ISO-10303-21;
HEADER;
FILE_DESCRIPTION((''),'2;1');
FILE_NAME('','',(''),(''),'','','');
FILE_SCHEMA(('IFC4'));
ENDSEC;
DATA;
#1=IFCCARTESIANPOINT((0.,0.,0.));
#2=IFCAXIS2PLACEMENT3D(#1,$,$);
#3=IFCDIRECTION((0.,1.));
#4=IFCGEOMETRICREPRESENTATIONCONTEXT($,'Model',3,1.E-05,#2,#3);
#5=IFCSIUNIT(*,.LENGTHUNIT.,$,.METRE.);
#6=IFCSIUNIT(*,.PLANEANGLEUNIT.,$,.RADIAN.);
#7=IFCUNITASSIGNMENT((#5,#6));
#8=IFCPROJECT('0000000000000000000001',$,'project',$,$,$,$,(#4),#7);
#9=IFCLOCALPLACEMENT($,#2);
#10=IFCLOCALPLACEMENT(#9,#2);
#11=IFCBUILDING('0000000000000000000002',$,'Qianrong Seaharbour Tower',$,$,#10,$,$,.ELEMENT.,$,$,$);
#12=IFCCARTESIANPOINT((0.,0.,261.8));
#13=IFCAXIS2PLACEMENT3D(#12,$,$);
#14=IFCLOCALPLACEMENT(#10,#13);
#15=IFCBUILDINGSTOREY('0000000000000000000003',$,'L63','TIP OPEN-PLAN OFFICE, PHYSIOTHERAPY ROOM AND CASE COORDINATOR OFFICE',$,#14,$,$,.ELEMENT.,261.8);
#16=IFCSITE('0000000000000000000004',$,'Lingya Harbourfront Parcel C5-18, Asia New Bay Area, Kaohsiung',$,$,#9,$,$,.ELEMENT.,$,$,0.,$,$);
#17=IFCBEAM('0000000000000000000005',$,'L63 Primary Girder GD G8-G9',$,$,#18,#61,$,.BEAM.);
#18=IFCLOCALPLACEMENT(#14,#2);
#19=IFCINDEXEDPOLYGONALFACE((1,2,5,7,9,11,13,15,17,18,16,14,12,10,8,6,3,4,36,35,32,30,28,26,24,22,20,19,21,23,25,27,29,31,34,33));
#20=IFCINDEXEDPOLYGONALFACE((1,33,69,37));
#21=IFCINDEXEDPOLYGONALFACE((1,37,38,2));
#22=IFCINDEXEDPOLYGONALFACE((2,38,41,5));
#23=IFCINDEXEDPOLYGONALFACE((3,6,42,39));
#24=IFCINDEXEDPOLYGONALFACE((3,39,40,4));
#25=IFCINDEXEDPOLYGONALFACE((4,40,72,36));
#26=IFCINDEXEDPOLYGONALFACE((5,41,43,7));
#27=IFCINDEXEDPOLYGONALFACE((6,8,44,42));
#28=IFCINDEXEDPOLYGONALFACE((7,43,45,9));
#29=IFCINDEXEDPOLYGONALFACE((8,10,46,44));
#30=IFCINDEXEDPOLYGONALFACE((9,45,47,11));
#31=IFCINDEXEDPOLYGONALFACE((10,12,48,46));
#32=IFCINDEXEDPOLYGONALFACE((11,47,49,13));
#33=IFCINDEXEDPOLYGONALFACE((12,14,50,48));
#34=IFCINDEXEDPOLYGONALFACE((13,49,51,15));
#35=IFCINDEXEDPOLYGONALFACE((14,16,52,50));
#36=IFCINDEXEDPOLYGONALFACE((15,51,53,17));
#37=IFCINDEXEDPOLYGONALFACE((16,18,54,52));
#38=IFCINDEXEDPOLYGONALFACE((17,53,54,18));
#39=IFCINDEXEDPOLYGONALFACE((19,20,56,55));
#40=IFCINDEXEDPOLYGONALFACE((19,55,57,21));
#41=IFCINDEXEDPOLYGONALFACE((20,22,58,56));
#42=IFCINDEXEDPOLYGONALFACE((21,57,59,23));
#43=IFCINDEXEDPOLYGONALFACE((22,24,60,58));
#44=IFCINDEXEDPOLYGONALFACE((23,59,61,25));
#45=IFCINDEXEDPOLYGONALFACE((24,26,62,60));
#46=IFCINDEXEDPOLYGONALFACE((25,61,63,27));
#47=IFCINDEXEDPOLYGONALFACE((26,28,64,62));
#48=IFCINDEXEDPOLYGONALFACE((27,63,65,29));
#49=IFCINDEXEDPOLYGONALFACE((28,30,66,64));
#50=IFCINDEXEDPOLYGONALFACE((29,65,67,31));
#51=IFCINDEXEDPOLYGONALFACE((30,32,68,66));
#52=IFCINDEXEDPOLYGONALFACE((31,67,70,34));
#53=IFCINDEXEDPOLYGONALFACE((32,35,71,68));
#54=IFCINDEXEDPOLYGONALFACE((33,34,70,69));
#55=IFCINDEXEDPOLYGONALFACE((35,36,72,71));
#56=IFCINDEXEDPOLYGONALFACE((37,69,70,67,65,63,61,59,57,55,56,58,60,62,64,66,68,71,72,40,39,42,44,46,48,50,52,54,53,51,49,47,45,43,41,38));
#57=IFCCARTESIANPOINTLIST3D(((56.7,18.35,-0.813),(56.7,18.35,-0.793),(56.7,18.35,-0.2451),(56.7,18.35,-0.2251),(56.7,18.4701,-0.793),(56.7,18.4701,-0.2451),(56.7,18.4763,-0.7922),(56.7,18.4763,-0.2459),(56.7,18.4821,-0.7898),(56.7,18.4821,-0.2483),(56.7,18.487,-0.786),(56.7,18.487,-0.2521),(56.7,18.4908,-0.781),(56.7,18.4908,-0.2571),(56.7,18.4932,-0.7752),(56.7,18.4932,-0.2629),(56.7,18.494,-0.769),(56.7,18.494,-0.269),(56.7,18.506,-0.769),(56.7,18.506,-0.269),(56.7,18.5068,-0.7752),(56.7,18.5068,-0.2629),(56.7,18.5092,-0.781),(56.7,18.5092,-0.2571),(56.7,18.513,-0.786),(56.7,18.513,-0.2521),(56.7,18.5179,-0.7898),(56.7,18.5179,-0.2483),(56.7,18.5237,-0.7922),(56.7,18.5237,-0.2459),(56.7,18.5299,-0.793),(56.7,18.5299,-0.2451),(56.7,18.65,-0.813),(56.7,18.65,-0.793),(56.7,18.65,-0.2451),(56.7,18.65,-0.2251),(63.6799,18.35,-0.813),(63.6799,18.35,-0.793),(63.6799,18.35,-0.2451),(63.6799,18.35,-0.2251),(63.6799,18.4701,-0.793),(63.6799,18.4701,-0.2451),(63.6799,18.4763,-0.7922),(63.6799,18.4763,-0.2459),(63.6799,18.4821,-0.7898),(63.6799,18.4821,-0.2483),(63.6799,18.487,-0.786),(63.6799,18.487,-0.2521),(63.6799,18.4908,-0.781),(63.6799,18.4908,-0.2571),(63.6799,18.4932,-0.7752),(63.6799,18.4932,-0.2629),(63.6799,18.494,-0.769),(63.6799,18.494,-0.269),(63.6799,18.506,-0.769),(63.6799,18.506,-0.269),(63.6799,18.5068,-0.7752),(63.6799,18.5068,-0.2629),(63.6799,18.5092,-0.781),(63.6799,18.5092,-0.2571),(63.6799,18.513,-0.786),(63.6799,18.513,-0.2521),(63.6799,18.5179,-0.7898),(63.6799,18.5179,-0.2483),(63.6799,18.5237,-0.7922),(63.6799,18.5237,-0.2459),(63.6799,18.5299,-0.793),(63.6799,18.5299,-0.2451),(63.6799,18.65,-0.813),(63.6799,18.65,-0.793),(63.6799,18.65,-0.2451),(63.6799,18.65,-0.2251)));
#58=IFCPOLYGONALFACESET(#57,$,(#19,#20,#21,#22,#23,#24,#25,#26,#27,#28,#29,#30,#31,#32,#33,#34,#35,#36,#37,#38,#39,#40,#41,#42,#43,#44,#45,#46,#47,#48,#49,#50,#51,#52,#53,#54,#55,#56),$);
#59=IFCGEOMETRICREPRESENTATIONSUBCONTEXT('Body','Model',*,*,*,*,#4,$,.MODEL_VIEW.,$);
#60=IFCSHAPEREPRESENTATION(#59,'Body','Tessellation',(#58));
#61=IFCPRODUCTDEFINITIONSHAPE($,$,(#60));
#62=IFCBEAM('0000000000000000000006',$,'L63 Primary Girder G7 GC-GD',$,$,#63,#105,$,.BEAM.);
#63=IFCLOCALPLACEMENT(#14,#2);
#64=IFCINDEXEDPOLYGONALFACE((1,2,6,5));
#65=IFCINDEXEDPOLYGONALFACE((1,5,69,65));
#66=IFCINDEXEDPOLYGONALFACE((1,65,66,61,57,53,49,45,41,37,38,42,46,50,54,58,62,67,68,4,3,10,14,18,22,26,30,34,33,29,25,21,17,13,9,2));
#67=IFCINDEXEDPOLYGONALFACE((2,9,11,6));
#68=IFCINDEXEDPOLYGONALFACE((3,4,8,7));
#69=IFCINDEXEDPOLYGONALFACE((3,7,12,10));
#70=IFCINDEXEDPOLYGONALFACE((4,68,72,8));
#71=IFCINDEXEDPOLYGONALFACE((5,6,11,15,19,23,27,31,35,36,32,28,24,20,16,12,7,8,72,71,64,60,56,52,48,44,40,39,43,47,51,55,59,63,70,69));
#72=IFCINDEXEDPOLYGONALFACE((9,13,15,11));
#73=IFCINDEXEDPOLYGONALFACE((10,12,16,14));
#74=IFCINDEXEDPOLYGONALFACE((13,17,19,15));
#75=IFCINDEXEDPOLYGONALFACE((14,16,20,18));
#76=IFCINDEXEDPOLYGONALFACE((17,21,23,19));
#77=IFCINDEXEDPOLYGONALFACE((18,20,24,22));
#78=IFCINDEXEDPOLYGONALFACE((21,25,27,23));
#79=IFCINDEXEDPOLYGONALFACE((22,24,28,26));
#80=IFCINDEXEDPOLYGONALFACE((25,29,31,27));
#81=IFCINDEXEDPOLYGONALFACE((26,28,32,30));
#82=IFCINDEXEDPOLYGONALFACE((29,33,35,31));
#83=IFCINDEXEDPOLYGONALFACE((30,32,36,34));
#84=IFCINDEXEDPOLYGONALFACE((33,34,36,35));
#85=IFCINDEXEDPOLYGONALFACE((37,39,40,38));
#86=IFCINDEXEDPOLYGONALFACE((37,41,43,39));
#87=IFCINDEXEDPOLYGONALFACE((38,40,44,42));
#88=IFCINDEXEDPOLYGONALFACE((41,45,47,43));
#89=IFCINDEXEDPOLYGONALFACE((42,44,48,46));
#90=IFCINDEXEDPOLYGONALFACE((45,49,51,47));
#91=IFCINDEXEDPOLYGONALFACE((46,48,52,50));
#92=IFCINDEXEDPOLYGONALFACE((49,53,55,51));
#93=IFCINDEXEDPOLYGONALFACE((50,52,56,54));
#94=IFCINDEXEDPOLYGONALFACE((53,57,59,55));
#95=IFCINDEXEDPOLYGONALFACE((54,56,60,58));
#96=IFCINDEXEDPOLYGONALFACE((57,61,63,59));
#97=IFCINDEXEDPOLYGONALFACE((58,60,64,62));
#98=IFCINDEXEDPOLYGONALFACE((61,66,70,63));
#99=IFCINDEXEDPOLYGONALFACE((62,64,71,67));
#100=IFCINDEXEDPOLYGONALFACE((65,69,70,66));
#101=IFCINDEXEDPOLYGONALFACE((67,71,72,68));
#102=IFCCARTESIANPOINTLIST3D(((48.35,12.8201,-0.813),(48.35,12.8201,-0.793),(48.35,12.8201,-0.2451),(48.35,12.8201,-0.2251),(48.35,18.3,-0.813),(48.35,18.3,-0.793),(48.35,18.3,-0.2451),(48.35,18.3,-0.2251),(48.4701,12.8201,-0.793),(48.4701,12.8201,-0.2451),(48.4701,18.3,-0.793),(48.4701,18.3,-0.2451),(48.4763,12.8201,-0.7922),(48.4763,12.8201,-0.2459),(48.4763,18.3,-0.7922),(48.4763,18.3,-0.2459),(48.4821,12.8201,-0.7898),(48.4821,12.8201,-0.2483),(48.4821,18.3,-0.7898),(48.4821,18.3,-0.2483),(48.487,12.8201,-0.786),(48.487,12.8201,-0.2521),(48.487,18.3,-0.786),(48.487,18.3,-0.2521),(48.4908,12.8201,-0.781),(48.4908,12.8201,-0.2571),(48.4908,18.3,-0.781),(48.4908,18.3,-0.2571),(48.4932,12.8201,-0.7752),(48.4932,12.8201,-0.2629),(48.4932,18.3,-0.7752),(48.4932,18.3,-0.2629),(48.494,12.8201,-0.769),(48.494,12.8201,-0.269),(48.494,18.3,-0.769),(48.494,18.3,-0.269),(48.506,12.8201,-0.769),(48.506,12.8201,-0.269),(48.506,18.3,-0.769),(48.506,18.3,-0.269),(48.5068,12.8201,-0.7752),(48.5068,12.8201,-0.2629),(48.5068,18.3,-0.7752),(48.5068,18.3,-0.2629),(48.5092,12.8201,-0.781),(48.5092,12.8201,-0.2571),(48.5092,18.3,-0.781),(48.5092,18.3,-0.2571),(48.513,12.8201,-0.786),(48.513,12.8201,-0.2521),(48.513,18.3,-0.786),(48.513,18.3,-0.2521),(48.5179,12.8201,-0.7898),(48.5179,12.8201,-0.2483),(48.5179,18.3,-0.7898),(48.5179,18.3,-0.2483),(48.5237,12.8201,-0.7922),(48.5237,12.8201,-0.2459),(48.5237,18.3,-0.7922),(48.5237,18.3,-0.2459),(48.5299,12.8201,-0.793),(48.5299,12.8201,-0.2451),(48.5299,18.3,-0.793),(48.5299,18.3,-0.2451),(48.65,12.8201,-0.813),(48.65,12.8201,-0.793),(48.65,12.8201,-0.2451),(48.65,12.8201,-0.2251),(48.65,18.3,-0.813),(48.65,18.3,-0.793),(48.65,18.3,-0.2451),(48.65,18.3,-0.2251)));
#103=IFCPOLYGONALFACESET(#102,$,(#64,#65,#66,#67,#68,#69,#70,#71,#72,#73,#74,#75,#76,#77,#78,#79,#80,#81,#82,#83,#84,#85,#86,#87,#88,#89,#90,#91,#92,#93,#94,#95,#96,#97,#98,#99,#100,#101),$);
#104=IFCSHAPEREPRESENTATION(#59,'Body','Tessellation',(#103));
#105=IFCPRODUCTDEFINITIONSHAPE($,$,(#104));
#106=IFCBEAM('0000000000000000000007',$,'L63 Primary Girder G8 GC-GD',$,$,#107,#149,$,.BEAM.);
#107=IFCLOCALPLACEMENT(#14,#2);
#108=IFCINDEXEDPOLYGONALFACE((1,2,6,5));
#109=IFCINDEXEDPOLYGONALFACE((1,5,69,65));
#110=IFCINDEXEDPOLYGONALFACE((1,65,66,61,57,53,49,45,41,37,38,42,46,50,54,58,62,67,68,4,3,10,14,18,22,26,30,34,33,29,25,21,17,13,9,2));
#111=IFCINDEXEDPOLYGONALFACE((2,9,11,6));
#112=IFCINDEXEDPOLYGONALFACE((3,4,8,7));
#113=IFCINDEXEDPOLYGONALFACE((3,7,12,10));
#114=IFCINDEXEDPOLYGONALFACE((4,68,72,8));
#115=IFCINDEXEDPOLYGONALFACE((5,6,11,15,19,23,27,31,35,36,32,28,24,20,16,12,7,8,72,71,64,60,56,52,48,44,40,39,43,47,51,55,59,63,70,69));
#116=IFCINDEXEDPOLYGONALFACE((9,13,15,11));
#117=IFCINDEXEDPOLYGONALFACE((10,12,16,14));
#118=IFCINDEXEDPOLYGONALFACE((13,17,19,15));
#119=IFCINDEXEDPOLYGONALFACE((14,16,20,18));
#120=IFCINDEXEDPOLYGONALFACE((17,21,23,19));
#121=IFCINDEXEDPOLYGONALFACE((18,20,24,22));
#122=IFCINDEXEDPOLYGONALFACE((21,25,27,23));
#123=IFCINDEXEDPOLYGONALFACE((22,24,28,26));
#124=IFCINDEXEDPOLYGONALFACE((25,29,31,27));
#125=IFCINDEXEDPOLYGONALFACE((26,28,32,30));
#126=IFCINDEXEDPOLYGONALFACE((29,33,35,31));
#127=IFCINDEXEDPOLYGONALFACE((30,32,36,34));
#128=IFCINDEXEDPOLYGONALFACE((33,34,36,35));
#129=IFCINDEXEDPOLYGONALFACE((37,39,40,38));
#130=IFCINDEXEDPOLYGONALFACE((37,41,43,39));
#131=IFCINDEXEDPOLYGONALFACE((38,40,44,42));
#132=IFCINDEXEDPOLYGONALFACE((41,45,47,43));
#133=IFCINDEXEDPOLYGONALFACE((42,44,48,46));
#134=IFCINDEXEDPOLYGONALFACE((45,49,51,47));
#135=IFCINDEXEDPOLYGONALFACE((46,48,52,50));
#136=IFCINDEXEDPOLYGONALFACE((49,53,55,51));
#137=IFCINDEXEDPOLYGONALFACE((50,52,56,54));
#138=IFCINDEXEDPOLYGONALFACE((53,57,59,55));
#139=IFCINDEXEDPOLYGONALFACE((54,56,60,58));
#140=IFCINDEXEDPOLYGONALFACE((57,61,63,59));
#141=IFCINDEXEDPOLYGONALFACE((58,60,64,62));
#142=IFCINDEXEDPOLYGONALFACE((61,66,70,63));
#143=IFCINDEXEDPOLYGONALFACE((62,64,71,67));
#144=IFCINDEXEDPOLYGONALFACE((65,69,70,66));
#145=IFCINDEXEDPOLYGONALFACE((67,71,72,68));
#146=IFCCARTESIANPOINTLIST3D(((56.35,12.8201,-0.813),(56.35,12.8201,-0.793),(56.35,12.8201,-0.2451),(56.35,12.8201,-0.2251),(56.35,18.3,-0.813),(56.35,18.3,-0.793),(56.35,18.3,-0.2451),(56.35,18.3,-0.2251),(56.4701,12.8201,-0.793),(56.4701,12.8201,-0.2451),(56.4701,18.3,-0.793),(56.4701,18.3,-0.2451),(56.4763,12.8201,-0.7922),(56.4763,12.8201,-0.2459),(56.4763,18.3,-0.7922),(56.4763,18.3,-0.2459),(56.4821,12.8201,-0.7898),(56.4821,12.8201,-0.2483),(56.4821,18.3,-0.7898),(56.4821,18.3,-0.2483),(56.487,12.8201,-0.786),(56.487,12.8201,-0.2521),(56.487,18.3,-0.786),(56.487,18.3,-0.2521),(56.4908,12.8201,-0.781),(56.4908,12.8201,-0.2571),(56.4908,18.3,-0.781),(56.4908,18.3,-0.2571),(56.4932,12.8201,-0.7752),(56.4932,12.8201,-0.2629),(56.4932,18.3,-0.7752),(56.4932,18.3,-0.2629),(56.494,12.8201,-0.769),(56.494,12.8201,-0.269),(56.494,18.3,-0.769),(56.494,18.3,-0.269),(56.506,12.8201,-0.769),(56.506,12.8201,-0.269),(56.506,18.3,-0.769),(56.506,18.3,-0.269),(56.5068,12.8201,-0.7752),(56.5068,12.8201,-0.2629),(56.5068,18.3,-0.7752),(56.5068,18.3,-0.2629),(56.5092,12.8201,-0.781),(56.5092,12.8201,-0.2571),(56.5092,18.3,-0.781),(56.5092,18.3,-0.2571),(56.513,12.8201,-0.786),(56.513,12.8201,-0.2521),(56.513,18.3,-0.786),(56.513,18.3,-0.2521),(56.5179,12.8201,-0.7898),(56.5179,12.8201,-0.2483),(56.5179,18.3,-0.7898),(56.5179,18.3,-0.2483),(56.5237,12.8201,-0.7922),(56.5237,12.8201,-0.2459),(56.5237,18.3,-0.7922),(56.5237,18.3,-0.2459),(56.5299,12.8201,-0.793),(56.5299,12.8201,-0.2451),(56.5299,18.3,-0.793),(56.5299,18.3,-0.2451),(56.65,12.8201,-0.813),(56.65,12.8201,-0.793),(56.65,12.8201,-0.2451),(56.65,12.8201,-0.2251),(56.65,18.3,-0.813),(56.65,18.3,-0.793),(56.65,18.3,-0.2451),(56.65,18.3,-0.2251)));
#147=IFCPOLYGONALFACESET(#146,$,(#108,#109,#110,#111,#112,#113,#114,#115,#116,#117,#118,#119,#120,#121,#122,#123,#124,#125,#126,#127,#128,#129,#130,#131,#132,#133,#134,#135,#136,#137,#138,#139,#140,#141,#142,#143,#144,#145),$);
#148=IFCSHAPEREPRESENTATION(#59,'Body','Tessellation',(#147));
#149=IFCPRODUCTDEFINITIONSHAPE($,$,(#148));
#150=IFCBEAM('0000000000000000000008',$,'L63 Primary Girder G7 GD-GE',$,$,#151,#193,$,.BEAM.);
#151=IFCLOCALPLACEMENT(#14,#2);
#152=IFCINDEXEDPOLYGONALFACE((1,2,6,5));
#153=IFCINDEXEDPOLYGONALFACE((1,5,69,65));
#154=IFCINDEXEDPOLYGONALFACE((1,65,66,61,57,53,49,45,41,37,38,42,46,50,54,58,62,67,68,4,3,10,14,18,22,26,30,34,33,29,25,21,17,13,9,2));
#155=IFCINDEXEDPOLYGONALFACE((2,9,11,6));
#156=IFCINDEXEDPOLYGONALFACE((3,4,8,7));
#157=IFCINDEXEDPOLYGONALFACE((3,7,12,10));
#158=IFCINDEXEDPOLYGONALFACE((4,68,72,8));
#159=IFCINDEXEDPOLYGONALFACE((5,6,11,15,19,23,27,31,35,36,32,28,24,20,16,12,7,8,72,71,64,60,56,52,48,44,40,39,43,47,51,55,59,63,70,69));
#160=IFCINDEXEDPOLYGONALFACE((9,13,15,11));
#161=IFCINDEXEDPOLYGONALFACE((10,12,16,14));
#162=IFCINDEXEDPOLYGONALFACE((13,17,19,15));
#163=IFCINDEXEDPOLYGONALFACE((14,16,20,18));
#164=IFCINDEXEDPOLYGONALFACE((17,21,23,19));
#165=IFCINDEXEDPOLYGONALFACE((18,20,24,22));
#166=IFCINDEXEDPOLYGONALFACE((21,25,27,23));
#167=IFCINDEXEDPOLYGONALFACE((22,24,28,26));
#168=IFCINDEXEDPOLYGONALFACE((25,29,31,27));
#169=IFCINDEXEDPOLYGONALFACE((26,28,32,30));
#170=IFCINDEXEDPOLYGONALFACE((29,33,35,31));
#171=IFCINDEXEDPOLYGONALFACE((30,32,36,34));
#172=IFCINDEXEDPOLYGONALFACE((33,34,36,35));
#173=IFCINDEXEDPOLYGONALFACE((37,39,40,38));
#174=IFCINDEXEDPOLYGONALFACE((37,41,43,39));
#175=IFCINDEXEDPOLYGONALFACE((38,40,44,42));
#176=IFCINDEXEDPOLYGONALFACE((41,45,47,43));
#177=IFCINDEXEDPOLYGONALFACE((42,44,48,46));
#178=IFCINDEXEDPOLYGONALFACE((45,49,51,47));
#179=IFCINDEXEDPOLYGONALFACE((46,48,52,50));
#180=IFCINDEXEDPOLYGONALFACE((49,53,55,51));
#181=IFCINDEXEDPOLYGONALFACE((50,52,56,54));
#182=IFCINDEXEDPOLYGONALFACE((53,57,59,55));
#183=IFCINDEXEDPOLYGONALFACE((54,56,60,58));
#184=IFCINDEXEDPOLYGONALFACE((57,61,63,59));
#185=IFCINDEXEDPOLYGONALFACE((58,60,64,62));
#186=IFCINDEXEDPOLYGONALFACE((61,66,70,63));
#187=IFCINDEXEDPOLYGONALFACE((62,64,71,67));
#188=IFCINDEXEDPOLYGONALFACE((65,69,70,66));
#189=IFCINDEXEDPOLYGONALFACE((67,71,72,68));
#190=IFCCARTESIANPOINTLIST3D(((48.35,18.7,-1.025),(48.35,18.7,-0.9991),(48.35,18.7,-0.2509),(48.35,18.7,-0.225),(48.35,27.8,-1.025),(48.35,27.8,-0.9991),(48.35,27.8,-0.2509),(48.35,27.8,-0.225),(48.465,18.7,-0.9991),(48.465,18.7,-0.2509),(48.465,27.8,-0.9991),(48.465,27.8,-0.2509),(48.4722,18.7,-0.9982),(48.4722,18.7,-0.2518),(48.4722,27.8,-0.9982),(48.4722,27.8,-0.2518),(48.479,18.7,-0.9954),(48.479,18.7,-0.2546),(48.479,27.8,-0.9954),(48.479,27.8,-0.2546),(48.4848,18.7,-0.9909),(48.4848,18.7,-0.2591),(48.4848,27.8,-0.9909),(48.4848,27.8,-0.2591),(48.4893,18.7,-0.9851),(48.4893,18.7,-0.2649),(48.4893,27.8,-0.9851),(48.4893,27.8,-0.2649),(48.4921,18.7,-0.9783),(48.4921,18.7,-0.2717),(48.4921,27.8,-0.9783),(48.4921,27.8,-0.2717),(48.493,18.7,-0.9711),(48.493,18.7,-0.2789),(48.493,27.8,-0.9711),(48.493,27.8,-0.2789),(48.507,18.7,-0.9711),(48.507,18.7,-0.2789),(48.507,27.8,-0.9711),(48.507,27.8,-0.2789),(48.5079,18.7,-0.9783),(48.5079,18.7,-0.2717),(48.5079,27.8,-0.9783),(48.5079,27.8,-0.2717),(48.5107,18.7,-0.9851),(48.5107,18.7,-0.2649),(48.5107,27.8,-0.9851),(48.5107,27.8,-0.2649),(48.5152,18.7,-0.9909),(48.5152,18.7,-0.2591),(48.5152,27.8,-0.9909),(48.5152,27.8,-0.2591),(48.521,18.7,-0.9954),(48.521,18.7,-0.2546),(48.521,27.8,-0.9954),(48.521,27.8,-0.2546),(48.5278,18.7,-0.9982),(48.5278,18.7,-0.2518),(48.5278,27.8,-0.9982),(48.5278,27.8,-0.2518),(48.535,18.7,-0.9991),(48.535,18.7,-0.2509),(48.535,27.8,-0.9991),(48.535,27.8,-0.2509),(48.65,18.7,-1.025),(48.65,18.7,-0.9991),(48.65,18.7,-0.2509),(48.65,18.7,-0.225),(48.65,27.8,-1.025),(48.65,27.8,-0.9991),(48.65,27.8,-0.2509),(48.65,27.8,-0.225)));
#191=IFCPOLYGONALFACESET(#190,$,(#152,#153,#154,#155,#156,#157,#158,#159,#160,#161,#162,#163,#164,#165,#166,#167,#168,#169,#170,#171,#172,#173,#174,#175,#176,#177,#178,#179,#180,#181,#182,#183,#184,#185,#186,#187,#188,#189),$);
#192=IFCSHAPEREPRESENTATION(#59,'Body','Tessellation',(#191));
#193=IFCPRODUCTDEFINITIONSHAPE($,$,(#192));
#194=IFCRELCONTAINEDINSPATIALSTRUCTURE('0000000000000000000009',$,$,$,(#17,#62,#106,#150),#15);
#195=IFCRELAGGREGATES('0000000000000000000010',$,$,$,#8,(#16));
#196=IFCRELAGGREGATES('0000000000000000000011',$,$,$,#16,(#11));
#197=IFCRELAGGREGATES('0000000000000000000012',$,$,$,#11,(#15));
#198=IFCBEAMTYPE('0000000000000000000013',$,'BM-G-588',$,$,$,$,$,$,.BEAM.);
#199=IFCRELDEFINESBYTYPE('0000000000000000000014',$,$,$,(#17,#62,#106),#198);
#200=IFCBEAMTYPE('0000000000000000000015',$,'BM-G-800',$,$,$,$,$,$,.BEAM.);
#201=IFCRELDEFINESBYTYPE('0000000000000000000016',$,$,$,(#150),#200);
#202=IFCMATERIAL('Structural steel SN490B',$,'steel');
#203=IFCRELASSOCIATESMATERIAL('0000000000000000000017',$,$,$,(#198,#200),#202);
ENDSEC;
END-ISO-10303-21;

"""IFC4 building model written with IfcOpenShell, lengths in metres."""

from ifc_helpers import new_model, si_unit, direction, frame, origin, origin_2d, place, context, subcontext, project, spatial, i_section, extrude, material, material_profile, profile_set, type_object, element, save


model = new_model("IFC4")

# Units and contexts
model_context = context("Model", 3, precision=1e-05, world=origin(), true_north=direction((0.0, 1.0)))
body_context = subcontext(model_context, "Body", "Model", "MODEL_VIEW")
ifc_project = project(units=[si_unit("LENGTHUNIT", "METRE"), si_unit("PLANEANGLEUNIT", "RADIAN")], contexts=[model_context])

# Site, building, storey
site_placement = place(None, origin())
site = spatial("IfcSite", under=ifc_project, at=site_placement, Name="Lingya Harbourfront Parcel C5-18, Asia New Bay Area, Kaohsiung", CompositionType="ELEMENT", RefElevation=0.0)
building_placement = place(site_placement, origin())
building = spatial("IfcBuilding", under=site, at=building_placement, Name="Qianrong Seaharbour Tower", CompositionType="ELEMENT")
storey_placement = place(building_placement, frame((0.0, 0.0, 261.8)))
storey = spatial("IfcBuildingStorey", under=building, at=storey_placement, Name="L63", Description="TIP OPEN-PLAN OFFICE, PHYSIOTHERAPY ROOM AND CASE COORDINATOR OFFICE", CompositionType="ELEMENT", Elevation=261.8)

# Shared definitions
ifc_material_1 = material(Name="Structural steel SN490B", Category="steel")

# Beams
ifc_material_profile_1 = material_profile(ifc_material_1, i_section(OverallWidth=0.3, OverallDepth=0.5879, WebThickness=0.012, FlangeThickness=0.02, FilletRadius=0.0239, at=origin_2d()), Name="H588x300x12x20")
ifc_profile_set_1 = profile_set([ifc_material_profile_1], Name="Structural steel SN490B")
beam_type_1 = type_object("IfcBeamType", Name="BM-G-588", PredefinedType="BEAM", material=ifc_profile_set_1)
beam_1_placement = place(storey_placement, frame((56.7, 18.5, -0.519), z_axis=(1.0, 0.0, 0.0), x_axis=(0.0, 1.0, 0.0)))
element("IfcBeam", 1, at=beam_1_placement, inside=storey, type_object=beam_type_1, Name="L63 Primary Girder GD G8-G9", PredefinedType="BEAM", context=body_context, shape_type="SweptSolid", body=[
    extrude(i_section(OverallWidth=0.3, OverallDepth=0.5879, WebThickness=0.012, FlangeThickness=0.02, FilletRadius=0.0239, at=origin_2d()), origin(), (0.0, 0.0, 1.0), 6.98),
])
for number, where, z_axis, x_axis, name in (
    (2, (48.5, 12.8201, -0.519), (0.0, 1.0, 0.0), (-1.0, 0.0, 0.0), "L63 Primary Girder G7 GC-GD"),
    (3, (56.5, 12.8201, -0.519), (0.0, 1.0, 0.0), (-1.0, 0.0, 0.0), "L63 Primary Girder G8 GC-GD"),
):
    element("IfcBeam", number, at=place(storey_placement, frame(where, z_axis=z_axis, x_axis=x_axis)), inside=storey, type_object=beam_type_1, Name=name, PredefinedType="BEAM", context=body_context, shape_type="SweptSolid", body=[
        extrude(i_section(OverallWidth=0.3, OverallDepth=0.5879, WebThickness=0.012, FlangeThickness=0.02, FilletRadius=0.0239, at=origin_2d()), origin(), (0.0, 0.0, 1.0), 5.48),
    ])
ifc_material_profile_2 = material_profile(ifc_material_1, i_section(OverallWidth=0.3, OverallDepth=0.8, WebThickness=0.0139, FlangeThickness=0.0259, FilletRadius=0.0281, at=origin_2d()), Name="H800x300x14x26")
ifc_profile_set_2 = profile_set([ifc_material_profile_2], Name="Structural steel SN490B")
beam_type_2 = type_object("IfcBeamType", Name="BM-G-800", PredefinedType="BEAM", material=ifc_profile_set_2)
for number, where, z_axis, x_axis, name in (
    (4, (48.5, 18.7, -0.625), (0.0, 1.0, 0.0), (-1.0, 0.0, 0.0), "L63 Primary Girder G7 GD-GE"),
):
    element("IfcBeam", number, at=place(storey_placement, frame(where, z_axis=z_axis, x_axis=x_axis)), inside=storey, type_object=beam_type_2, Name=name, PredefinedType="BEAM", context=body_context, shape_type="SweptSolid", body=[
        extrude(i_section(OverallWidth=0.3, OverallDepth=0.8, WebThickness=0.0139, FlangeThickness=0.0259, FilletRadius=0.0281, at=origin_2d()), origin(), (0.0, 0.0, 1.0), 9.1001),
    ])

save(model, "model.ifc")
